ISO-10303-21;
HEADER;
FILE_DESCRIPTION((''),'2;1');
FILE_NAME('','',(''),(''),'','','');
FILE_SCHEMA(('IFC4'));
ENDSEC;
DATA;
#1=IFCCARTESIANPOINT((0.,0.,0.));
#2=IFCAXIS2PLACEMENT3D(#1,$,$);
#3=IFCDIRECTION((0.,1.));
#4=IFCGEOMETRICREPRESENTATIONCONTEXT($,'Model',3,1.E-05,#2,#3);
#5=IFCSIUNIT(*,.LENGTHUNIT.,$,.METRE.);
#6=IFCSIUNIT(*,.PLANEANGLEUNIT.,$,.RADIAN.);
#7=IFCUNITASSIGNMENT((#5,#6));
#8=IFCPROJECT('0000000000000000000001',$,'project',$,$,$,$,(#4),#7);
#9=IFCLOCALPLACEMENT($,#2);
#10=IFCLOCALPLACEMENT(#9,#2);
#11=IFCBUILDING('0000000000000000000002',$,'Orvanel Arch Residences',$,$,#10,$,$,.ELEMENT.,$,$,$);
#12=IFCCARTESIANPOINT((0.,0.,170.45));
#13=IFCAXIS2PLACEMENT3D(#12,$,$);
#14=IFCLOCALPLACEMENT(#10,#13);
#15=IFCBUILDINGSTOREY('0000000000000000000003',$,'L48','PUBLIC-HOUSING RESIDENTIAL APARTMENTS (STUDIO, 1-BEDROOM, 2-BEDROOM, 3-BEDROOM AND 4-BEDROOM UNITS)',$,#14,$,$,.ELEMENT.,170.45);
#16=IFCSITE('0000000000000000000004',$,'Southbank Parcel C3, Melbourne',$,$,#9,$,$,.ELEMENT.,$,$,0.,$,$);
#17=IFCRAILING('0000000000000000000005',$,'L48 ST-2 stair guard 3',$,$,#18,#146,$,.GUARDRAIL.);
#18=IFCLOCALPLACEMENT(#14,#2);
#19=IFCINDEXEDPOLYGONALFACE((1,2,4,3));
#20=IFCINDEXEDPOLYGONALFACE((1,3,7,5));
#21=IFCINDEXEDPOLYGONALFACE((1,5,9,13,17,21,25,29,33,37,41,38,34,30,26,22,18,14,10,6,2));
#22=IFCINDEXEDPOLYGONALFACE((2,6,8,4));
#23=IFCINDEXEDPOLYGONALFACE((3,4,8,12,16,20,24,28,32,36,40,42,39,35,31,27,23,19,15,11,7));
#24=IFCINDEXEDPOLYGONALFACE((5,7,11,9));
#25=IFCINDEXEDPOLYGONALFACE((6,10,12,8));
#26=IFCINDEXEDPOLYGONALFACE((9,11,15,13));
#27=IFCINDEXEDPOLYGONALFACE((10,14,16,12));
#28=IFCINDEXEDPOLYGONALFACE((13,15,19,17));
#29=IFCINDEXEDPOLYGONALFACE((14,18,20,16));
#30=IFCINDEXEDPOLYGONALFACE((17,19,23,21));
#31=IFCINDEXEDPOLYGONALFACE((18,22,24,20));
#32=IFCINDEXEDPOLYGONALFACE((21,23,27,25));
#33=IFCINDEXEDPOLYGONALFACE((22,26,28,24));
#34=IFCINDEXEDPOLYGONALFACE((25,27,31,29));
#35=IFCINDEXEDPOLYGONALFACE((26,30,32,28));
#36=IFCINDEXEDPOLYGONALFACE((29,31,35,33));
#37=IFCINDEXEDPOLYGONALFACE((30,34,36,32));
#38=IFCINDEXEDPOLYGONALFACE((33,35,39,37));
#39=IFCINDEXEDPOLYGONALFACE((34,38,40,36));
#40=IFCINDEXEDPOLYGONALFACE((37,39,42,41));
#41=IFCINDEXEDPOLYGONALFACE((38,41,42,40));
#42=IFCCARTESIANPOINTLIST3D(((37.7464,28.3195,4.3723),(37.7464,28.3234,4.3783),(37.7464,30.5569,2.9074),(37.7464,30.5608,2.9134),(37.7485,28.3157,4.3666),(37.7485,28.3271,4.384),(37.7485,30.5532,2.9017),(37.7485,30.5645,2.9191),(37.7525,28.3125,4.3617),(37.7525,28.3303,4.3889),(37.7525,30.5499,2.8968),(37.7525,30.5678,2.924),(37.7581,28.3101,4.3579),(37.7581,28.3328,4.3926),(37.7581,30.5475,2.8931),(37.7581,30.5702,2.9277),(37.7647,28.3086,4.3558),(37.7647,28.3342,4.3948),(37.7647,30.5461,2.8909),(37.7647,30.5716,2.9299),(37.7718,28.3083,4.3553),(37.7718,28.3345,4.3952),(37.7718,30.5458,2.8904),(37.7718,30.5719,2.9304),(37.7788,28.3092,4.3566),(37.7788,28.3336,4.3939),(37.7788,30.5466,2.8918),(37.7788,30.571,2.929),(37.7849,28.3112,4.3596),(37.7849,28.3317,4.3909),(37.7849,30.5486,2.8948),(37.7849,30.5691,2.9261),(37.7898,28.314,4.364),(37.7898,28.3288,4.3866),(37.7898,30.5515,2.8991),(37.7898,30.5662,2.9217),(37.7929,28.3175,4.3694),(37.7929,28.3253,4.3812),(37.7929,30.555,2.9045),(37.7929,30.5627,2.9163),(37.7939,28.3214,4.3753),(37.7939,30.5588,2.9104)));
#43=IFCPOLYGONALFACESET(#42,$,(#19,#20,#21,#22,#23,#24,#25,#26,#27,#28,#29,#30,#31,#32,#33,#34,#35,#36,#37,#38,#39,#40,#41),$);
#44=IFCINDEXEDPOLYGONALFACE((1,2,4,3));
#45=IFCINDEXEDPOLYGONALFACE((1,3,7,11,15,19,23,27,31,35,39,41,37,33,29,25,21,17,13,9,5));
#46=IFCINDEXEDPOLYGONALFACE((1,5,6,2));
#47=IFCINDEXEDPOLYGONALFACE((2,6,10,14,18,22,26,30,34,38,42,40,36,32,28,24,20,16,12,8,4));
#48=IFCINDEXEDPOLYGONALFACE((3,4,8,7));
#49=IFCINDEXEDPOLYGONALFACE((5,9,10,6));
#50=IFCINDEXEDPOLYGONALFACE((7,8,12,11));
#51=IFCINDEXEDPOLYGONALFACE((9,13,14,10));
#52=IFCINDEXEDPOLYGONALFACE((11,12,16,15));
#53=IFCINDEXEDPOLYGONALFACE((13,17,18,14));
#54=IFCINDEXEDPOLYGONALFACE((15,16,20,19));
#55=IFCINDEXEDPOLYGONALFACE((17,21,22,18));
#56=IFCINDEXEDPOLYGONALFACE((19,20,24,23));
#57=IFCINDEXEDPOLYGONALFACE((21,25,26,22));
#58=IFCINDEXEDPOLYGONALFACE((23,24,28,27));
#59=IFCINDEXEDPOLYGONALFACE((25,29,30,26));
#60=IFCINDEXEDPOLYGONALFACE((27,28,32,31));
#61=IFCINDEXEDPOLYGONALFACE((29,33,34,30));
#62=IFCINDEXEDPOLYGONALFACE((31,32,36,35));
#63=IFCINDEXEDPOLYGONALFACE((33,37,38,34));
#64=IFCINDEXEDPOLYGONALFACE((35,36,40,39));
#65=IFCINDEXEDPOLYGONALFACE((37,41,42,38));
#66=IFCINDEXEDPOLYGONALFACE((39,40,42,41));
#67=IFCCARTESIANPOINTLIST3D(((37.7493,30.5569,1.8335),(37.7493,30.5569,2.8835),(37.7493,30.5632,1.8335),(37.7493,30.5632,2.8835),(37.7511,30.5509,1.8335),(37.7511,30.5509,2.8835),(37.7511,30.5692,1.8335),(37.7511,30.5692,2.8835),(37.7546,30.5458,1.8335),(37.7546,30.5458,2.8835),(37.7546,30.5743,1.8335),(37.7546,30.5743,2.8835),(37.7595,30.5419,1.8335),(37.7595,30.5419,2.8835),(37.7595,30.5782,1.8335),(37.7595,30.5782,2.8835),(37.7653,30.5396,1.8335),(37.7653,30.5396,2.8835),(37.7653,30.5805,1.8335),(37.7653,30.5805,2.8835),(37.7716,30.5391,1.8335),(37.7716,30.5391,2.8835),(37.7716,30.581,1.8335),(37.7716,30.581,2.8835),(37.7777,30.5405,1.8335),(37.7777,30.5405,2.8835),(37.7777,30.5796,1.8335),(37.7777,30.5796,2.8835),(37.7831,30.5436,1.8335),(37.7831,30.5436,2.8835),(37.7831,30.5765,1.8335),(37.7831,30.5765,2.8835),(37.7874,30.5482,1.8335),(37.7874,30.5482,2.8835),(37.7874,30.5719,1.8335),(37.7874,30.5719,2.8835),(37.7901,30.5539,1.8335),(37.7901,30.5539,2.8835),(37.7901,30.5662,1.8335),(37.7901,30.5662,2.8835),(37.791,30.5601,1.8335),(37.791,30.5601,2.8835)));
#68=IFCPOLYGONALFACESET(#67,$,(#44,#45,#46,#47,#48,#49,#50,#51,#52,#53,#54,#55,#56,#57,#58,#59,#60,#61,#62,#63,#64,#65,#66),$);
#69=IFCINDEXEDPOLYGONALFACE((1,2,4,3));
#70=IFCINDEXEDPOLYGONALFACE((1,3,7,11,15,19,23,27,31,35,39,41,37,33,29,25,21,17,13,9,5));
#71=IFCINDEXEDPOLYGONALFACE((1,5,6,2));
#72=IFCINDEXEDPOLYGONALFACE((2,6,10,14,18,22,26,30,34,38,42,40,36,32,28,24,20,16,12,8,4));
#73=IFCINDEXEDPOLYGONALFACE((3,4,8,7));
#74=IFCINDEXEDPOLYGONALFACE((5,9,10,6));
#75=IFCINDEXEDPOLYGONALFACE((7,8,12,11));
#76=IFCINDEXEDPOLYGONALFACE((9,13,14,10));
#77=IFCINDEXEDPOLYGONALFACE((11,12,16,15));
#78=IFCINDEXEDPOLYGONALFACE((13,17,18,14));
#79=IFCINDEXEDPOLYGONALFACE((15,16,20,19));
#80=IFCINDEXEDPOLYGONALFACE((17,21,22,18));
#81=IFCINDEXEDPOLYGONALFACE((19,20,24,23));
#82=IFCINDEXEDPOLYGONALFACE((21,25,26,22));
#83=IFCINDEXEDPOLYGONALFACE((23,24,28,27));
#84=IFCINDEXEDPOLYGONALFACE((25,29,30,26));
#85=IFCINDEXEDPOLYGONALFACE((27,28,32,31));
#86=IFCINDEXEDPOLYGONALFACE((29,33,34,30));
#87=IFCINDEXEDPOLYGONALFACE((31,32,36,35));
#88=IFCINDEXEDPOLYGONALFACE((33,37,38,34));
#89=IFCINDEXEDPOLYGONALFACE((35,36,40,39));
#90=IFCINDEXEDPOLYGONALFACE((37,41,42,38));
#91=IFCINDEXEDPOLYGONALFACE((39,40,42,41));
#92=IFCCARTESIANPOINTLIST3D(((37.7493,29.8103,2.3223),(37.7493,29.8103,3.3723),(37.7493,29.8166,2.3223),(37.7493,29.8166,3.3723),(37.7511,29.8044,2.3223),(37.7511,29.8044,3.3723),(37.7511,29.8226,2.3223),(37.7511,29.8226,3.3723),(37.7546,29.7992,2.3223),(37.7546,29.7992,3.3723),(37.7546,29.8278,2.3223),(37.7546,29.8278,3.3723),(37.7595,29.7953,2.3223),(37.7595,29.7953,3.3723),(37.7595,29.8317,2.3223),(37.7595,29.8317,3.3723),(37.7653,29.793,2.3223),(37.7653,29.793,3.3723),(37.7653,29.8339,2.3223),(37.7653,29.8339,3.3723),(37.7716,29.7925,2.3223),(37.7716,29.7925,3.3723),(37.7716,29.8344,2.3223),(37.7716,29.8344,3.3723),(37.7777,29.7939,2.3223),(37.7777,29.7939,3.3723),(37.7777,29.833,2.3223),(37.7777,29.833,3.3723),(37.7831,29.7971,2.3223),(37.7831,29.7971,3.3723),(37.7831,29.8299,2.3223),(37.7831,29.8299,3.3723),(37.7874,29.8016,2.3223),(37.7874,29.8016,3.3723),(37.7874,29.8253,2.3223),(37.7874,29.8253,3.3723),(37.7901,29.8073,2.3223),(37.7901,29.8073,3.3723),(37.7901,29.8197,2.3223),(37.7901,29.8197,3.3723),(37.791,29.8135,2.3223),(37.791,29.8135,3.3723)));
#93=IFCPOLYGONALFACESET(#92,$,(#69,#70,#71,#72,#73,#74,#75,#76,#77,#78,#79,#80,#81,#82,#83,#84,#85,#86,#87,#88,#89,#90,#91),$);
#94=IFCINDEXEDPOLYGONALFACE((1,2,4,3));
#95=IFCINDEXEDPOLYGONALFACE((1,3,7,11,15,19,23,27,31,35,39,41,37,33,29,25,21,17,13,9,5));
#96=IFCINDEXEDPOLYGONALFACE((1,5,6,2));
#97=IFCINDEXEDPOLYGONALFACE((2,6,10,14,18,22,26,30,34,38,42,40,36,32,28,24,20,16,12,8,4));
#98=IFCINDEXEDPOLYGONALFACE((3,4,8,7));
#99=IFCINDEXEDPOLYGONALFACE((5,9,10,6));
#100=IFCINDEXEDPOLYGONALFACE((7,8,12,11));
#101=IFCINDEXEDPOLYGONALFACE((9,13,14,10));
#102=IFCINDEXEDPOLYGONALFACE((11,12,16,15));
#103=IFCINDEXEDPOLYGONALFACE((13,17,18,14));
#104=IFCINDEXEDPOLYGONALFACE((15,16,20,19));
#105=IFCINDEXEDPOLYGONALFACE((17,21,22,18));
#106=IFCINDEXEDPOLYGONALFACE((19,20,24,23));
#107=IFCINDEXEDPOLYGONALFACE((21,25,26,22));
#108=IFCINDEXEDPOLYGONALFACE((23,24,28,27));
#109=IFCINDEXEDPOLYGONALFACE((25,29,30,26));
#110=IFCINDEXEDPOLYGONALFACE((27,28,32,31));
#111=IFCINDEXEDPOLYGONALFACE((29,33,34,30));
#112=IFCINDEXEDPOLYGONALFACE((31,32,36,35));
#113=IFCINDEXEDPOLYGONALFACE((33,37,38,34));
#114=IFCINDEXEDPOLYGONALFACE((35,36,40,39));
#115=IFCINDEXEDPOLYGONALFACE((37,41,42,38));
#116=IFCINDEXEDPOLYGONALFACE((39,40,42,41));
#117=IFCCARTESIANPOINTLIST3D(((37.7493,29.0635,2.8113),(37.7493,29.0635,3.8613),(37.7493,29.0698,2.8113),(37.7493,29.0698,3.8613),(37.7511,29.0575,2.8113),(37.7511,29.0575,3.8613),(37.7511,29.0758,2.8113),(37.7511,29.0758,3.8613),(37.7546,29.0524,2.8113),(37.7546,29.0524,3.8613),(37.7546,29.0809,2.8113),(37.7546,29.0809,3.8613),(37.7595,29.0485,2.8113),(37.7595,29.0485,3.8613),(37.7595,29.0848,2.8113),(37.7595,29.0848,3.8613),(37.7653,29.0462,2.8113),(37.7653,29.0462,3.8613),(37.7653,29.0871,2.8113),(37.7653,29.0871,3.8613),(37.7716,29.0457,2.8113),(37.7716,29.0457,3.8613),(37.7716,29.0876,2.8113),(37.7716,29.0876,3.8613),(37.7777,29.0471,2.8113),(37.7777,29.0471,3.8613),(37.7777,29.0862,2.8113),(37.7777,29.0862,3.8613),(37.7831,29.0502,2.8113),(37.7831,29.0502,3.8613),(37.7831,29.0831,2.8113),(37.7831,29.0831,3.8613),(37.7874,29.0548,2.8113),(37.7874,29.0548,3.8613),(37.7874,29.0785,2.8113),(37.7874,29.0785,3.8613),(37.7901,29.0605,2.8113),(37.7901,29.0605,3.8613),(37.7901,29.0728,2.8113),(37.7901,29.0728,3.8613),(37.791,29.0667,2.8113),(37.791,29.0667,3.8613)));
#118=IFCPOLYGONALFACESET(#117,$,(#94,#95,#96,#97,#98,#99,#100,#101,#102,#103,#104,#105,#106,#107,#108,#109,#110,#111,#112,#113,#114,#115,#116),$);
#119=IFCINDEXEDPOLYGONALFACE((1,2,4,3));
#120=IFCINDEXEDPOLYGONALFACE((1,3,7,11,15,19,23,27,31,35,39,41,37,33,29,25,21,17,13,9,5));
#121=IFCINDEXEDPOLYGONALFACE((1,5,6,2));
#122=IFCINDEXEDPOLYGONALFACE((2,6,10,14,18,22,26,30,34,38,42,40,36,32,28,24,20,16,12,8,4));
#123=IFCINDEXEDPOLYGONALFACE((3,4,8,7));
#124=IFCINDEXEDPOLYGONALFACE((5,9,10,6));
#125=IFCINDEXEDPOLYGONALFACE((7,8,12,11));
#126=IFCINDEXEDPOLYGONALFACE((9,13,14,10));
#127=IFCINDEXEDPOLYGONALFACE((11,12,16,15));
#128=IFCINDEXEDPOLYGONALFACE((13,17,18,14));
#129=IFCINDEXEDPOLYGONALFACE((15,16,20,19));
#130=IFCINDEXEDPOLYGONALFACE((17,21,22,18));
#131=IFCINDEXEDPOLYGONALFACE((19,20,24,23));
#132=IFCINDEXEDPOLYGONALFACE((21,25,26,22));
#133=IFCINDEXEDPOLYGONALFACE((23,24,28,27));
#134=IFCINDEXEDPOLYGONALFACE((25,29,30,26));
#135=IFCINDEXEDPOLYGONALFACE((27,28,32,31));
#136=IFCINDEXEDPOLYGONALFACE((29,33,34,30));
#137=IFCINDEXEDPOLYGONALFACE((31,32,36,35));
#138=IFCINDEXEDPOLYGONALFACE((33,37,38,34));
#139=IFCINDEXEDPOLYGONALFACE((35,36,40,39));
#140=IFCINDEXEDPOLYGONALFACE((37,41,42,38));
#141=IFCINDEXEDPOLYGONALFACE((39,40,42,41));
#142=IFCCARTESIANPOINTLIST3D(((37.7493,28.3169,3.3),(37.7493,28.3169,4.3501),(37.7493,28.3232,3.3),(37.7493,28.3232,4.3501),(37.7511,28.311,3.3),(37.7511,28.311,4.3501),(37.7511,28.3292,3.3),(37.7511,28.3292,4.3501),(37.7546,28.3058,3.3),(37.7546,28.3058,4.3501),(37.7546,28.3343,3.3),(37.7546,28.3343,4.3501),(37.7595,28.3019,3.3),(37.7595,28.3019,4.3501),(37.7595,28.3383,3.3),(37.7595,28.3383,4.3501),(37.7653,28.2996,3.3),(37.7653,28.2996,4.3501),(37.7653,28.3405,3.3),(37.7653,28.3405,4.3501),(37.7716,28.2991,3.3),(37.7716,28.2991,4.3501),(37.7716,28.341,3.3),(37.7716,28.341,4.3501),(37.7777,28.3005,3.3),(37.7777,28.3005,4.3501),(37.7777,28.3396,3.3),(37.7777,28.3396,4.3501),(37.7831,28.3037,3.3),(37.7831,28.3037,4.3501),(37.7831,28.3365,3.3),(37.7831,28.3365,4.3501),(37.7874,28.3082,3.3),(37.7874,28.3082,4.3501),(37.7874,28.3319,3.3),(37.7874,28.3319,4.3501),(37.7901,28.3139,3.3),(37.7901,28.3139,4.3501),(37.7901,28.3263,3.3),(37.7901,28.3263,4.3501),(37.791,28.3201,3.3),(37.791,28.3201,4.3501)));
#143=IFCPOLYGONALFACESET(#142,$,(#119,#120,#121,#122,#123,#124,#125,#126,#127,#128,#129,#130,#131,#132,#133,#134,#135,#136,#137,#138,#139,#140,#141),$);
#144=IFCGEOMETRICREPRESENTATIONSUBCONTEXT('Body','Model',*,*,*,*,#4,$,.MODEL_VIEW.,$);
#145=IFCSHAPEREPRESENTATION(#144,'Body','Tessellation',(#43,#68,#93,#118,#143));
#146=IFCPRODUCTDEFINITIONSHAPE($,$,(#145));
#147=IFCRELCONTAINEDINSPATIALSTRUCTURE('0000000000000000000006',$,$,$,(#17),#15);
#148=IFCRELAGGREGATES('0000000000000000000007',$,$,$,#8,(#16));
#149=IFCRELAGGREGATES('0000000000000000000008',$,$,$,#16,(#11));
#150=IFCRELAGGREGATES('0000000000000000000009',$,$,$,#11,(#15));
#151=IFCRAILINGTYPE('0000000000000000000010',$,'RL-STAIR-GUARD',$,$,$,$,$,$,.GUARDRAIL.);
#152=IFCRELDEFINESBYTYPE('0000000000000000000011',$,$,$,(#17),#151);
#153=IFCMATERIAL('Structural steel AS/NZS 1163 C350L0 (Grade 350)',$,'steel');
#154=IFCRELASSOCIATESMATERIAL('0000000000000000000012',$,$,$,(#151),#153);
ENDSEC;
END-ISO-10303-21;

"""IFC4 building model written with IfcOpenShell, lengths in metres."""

from ifc_helpers import new_model, si_unit, direction, frame, origin, origin_2d, place, context, subcontext, project, spatial, circle, extrude, material, type_object, element, save


model = new_model("IFC4")

# Units and contexts
model_context = context("Model", 3, precision=1e-05, world=origin(), true_north=direction((0.0, 1.0)))
body_context = subcontext(model_context, "Body", "Model", "MODEL_VIEW")
ifc_project = project(units=[si_unit("LENGTHUNIT", "METRE"), si_unit("PLANEANGLEUNIT", "RADIAN")], contexts=[model_context])

# Site, building, storey
site_placement = place(None, origin())
site = spatial("IfcSite", under=ifc_project, at=site_placement, Name="Southbank Parcel C3, Melbourne", CompositionType="ELEMENT", RefElevation=0.0)
building_placement = place(site_placement, origin())
building = spatial("IfcBuilding", under=site, at=building_placement, Name="Orvanel Arch Residences", CompositionType="ELEMENT")
storey_placement = place(building_placement, frame((0.0, 0.0, 170.45)))
storey = spatial("IfcBuildingStorey", under=building, at=storey_placement, Name="L48", Description="PUBLIC-HOUSING RESIDENTIAL APARTMENTS (STUDIO, 1-BEDROOM, 2-BEDROOM, 3-BEDROOM AND 4-BEDROOM UNITS)", CompositionType="ELEMENT", Elevation=170.45)

# Railing
ifc_material_1 = material(Name="Structural steel AS/NZS 1163 C350L0 (Grade 350)", Category="steel")
railing_type_1 = type_object("IfcRailingType", Name="RL-STAIR-GUARD", PredefinedType="GUARDRAIL", material=ifc_material_1)
railing_1_placement = place(storey_placement, frame((37.77, 30.5601, 1.8335)))
element("IfcRailing", 1, at=railing_1_placement, inside=storey, type_object=railing_type_1, Name="L48 ST-2 stair guard 3", PredefinedType="GUARDRAIL", context=body_context, shape_type="SweptSolid", body=[
    extrude(circle(Radius=0.0239, at=origin_2d()), frame((0.0, -0.0012, 1.0769), z_axis=(0.0, -0.836637, 0.547758), x_axis=(1.0, 0.0, 0.0)), (0.0, 0.0, 1.0), 2.6743),
    extrude(circle(Radius=0.021, at=origin_2d()), origin(), (0.0, 0.0, 1.0), 1.05),
    extrude(circle(Radius=0.021, at=origin_2d()), frame((0.0, -0.7466, 0.4888)), (0.0, 0.0, 1.0), 1.05),
    extrude(circle(Radius=0.021, at=origin_2d()), frame((0.0, -1.4934, 0.9778)), (0.0, 0.0, 1.0), 1.05),
    extrude(circle(Radius=0.021, at=origin_2d()), frame((0.0, -2.24, 1.4666)), (0.0, 0.0, 1.0), 1.05),
])

save(model, "model.ifc")
